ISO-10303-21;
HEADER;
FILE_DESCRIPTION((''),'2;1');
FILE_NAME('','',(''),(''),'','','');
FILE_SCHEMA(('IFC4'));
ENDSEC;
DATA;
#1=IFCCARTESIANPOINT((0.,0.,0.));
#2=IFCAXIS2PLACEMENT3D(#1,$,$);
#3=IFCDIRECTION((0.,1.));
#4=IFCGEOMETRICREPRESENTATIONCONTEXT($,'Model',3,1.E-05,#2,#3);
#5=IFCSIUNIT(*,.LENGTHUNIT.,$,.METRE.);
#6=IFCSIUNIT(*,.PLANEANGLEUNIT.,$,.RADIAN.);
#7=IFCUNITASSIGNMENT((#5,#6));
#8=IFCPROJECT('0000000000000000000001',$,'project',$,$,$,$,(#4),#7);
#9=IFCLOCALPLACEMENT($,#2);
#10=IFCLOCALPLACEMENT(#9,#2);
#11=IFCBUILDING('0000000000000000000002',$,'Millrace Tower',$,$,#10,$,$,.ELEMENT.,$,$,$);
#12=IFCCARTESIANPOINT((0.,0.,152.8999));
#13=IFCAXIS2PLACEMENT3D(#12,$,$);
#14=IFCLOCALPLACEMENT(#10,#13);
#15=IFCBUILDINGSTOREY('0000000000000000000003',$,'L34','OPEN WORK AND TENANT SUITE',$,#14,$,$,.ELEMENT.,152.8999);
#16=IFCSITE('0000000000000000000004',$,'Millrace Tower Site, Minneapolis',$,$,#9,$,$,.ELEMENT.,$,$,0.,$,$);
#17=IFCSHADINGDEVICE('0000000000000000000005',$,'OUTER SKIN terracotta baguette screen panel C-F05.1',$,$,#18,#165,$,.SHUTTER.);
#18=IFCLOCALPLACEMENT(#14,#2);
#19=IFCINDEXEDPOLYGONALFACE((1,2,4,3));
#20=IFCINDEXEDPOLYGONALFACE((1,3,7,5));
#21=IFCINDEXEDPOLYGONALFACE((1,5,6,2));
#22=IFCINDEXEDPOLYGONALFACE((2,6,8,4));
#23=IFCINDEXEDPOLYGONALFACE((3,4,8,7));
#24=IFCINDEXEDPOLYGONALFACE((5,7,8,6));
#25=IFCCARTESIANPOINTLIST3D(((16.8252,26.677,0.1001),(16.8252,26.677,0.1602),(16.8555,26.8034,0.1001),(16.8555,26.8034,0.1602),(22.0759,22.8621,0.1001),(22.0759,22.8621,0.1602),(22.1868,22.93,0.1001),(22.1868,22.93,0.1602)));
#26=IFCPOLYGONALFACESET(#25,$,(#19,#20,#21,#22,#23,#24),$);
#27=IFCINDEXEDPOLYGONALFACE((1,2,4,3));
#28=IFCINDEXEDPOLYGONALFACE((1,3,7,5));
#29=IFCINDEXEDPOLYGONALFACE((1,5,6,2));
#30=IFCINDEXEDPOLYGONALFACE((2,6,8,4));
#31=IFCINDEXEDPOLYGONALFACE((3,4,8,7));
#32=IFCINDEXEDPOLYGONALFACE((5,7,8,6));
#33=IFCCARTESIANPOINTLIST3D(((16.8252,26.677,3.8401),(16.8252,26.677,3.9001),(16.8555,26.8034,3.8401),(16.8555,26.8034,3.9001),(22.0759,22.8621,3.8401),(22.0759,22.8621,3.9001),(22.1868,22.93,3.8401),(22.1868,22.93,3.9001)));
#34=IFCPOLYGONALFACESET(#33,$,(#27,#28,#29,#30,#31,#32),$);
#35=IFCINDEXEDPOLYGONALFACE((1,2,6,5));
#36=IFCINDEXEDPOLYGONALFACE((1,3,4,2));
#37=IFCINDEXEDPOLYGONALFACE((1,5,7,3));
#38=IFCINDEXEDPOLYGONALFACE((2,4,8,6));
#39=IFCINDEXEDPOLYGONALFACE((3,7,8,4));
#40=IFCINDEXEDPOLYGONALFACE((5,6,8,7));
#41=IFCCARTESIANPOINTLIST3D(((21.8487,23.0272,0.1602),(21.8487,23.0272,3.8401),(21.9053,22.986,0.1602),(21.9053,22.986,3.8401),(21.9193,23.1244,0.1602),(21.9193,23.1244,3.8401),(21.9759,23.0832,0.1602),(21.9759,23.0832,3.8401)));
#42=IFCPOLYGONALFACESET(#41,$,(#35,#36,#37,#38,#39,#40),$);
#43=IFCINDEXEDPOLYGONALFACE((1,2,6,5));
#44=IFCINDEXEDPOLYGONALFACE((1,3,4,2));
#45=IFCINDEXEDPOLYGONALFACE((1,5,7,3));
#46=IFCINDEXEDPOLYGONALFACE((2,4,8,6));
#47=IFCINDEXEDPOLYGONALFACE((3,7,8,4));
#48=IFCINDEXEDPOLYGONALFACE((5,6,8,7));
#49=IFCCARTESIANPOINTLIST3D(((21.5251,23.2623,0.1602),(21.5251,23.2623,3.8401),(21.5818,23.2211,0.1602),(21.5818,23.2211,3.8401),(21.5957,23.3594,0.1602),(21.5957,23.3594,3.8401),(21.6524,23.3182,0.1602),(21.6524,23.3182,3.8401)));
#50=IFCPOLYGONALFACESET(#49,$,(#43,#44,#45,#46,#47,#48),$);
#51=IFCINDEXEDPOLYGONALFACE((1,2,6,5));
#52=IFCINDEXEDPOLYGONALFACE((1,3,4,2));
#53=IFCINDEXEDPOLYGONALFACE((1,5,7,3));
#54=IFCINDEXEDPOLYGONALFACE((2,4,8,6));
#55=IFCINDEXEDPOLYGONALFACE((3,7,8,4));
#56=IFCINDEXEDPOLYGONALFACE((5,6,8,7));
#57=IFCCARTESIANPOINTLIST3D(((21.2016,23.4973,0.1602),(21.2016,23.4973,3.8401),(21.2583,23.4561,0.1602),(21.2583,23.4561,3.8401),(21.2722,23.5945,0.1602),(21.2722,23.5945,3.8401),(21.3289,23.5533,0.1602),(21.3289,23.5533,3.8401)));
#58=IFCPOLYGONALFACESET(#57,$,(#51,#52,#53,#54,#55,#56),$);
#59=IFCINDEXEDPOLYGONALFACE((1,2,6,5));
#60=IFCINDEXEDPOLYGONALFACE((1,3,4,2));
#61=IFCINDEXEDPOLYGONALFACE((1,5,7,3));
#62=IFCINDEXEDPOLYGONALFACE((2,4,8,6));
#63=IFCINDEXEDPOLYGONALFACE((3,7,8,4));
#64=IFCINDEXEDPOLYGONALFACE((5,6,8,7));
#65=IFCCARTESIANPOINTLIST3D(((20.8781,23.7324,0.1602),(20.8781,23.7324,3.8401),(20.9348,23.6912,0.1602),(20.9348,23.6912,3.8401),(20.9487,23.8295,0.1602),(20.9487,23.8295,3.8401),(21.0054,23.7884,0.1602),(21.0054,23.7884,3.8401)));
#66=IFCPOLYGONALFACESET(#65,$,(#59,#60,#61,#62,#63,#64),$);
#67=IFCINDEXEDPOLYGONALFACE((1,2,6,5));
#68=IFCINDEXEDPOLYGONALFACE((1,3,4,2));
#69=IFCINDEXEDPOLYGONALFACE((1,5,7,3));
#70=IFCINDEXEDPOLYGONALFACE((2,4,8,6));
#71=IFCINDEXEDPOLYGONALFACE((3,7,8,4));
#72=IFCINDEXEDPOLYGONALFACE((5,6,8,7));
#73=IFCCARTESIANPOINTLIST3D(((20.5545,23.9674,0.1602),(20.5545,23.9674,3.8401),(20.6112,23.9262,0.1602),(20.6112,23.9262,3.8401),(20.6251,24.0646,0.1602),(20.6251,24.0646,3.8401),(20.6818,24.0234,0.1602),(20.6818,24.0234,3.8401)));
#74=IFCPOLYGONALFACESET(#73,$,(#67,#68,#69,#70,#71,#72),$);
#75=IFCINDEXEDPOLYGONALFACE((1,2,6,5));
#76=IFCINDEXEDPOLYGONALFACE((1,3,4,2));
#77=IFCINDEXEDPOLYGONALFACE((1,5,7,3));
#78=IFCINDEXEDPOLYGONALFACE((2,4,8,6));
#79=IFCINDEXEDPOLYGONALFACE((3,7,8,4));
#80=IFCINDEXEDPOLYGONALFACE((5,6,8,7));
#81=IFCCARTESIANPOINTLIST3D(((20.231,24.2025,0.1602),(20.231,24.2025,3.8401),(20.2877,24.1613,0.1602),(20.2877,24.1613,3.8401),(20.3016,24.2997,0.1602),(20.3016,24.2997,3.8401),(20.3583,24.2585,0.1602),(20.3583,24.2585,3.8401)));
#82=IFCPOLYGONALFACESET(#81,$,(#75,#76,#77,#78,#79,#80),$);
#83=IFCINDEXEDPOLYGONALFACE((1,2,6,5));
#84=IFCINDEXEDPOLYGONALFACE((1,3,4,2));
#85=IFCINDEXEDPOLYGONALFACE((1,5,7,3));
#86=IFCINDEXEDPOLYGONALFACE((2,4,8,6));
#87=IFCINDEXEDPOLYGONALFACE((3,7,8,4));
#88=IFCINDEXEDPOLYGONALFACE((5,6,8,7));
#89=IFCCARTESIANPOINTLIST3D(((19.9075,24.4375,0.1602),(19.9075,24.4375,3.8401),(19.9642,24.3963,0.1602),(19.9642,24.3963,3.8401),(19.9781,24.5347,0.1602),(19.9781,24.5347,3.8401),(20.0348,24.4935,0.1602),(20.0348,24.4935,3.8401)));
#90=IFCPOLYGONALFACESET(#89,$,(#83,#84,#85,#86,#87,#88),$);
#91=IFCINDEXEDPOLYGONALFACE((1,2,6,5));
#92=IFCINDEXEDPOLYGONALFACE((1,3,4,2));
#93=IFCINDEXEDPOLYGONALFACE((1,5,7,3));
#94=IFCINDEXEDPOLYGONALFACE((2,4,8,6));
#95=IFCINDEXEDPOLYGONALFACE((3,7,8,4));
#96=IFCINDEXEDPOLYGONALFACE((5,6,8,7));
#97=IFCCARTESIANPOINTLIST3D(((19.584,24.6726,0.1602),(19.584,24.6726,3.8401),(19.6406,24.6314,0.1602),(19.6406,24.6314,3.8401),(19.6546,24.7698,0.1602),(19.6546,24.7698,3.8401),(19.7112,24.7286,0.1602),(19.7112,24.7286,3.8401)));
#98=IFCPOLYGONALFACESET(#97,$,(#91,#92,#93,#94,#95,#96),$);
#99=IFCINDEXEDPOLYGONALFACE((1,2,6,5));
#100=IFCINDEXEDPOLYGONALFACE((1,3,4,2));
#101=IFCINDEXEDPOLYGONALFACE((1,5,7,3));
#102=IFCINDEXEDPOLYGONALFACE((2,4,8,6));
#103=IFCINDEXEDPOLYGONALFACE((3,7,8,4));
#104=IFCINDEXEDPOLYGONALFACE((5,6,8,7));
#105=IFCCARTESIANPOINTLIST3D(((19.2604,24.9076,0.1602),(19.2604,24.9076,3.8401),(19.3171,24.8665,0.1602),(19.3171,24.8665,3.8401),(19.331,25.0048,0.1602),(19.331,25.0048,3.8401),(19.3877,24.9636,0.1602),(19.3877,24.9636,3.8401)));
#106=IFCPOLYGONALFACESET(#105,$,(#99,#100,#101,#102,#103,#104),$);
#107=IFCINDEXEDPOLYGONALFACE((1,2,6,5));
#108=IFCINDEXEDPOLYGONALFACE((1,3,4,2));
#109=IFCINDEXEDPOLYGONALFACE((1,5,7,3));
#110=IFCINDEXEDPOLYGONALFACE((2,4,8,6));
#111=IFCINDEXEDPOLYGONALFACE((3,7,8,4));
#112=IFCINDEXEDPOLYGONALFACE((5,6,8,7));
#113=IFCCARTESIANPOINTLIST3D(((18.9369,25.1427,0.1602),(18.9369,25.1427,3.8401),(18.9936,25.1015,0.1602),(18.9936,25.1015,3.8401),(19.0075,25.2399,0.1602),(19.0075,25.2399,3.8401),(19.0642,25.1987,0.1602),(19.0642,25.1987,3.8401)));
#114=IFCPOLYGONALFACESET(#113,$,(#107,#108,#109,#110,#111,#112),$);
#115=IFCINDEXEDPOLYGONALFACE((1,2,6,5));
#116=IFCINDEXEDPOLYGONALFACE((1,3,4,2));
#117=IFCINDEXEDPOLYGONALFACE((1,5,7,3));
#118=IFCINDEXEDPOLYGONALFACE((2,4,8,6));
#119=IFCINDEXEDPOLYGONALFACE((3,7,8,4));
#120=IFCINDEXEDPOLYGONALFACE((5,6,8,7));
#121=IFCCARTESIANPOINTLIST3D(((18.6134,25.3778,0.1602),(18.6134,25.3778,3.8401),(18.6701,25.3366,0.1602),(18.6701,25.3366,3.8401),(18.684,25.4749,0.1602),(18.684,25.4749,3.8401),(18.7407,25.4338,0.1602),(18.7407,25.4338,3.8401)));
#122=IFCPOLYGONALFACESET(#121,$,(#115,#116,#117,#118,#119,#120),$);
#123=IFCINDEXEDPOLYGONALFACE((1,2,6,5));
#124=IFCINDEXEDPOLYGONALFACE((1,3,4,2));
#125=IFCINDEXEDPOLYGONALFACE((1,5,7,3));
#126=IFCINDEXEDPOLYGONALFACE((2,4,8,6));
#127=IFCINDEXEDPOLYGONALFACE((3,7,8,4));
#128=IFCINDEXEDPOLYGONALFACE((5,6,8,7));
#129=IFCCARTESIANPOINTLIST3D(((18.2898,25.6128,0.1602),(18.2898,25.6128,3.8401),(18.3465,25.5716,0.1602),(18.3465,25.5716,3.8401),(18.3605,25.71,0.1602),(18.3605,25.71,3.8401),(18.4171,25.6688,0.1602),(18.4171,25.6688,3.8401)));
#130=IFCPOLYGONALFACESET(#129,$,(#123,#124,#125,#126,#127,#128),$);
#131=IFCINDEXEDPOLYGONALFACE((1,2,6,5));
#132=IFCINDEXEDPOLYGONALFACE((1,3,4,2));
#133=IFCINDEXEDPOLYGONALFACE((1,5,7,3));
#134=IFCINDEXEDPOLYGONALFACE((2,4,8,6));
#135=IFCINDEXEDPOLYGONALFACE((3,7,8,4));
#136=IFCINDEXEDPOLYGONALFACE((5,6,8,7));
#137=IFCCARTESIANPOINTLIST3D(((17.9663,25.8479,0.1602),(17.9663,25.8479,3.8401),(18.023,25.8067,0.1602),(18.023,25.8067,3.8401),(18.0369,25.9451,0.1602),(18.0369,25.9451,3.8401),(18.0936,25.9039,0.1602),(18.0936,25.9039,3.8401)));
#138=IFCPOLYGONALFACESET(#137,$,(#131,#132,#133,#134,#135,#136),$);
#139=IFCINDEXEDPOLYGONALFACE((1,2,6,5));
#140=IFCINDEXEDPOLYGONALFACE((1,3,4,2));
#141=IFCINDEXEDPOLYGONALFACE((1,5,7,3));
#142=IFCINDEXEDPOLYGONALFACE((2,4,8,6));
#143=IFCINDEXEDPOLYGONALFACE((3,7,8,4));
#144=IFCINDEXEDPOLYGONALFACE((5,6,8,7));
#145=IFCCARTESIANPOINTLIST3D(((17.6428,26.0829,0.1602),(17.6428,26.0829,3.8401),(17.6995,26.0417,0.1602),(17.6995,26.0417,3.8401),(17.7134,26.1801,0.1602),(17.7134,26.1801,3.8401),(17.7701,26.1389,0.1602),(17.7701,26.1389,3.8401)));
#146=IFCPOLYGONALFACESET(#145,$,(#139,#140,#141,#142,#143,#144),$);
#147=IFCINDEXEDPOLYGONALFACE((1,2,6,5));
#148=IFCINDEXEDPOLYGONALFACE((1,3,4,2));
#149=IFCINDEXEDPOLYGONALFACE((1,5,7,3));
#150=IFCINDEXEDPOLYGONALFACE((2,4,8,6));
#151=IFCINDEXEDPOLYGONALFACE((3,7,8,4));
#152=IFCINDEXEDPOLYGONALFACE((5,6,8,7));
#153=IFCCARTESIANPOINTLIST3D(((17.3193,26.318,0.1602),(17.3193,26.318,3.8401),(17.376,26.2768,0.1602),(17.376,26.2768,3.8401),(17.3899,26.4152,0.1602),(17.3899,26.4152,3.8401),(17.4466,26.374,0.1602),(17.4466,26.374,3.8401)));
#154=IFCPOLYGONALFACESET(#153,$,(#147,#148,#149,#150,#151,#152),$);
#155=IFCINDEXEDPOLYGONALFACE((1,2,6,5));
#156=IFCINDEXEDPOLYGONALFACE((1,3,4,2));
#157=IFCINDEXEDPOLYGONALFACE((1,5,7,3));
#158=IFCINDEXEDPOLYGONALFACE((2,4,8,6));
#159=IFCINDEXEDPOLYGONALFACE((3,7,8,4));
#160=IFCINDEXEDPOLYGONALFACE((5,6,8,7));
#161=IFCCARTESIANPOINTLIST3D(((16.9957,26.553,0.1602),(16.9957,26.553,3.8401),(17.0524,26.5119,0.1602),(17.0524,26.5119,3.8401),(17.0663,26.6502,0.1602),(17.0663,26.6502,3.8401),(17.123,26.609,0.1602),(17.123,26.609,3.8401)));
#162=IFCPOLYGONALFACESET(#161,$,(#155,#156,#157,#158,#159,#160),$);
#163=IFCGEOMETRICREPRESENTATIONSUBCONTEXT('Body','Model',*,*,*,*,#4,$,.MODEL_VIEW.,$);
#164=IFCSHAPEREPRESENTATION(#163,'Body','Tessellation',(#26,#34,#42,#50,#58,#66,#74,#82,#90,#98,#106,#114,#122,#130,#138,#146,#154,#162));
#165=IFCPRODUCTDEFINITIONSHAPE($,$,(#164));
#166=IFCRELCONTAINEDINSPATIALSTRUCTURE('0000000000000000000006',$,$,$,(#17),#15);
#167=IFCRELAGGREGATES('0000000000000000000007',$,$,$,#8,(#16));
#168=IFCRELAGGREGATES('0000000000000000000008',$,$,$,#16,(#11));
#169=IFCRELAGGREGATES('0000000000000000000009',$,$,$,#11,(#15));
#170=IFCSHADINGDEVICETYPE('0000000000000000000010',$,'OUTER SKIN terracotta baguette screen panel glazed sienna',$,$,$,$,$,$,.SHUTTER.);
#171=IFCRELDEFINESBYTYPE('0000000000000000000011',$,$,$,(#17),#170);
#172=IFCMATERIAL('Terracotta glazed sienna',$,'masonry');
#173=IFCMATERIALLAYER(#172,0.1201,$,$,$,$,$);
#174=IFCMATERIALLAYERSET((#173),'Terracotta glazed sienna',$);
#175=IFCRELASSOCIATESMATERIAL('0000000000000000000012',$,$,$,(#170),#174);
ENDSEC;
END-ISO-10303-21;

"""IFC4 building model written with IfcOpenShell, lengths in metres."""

from ifc_helpers import new_model, entity, si_unit, direction, frame, frame_2d, origin, place, context, subcontext, project, spatial, rectangle, extrude, source, transform, mapped, material, layer, layer_set, type_object, element, save


model = new_model("IFC4")

# Units and contexts
model_context = context("Model", 3, precision=1e-05, world=origin(), true_north=direction((0.0, 1.0)))
body_context = subcontext(model_context, "Body", "Model", "MODEL_VIEW")
ifc_project = project(units=[si_unit("LENGTHUNIT", "METRE"), si_unit("PLANEANGLEUNIT", "RADIAN")], contexts=[model_context])

# Site, building, storey
site_placement = place(None, origin())
site = spatial("IfcSite", under=ifc_project, at=site_placement, Name="Millrace Tower Site, Minneapolis", CompositionType="ELEMENT", RefElevation=0.0)
building_placement = place(site_placement, origin())
building = spatial("IfcBuilding", under=site, at=building_placement, Name="Millrace Tower", CompositionType="ELEMENT")
storey_placement = place(building_placement, frame((0.0, 0.0, 152.8999)))
storey = spatial("IfcBuildingStorey", under=building, at=storey_placement, Name="L34", Description="OPEN WORK AND TENANT SUITE", CompositionType="ELEMENT", Elevation=152.8999)

# Shading device
ifc_material_1 = material(Name="Terracotta glazed sienna", Category="masonry")
ifc_layer_1 = layer(ifc_material_1, 0.1201)
ifc_layer_set_1 = layer_set([ifc_layer_1], Name="Terracotta glazed sienna")
shading_device_type = type_object("IfcShadingDeviceType", Name="OUTER SKIN terracotta baguette screen panel glazed sienna", PredefinedType="SHUTTER", material=ifc_layer_set_1)
cartesian_point_1 = entity("IfcCartesianPoint", [-3.2451, 0.0601])
shared_polyline_1 = entity("IfcPolyline", [cartesian_point_1, entity("IfcCartesianPoint", [3.2451, 0.0601]), entity("IfcCartesianPoint", [3.2949, -0.0601]), entity("IfcCartesianPoint", [-3.2949, -0.0601]), cartesian_point_1])
shared_shape_1 = source(origin(), body_context, "Body", "SweptSolid", [
    entity("IfcExtrudedAreaSolid", entity("IfcArbitraryClosedProfileDef", "AREA", None, shared_polyline_1), entity("IfcAxis2Placement3D", entity("IfcCartesianPoint", [0.0, 0.0, 0.0])), entity("IfcDirection", [0.0, 0.0, 1.0]), 0.0601),
    entity("IfcExtrudedAreaSolid", entity("IfcArbitraryClosedProfileDef", "AREA", None, shared_polyline_1), entity("IfcAxis2Placement3D", entity("IfcCartesianPoint", [0.0, 0.0, 3.74])), entity("IfcDirection", [0.0, 0.0, 1.0]), 0.0601),
    extrude(rectangle(XDim=0.0701, YDim=0.1201, at=frame_2d((-2.9993, 0.0))), frame((0.0, 0.0, 0.0601)), (0.0, 0.0, 1.0), 3.6799),
    extrude(rectangle(XDim=0.0701, YDim=0.1201, at=frame_2d((-2.5994, 0.0))), frame((0.0, 0.0, 0.0601)), (0.0, 0.0, 1.0), 3.6799),
    extrude(rectangle(XDim=0.0701, YDim=0.1201, at=frame_2d((-2.1995, 0.0))), frame((0.0, 0.0, 0.0601)), (0.0, 0.0, 1.0), 3.6799),
    extrude(rectangle(XDim=0.0701, YDim=0.1201, at=frame_2d((-1.7996, 0.0))), frame((0.0, 0.0, 0.0601)), (0.0, 0.0, 1.0), 3.6799),
    extrude(rectangle(XDim=0.0701, YDim=0.1201, at=frame_2d((-1.3997, 0.0))), frame((0.0, 0.0, 0.0601)), (0.0, 0.0, 1.0), 3.6799),
    extrude(rectangle(XDim=0.0701, YDim=0.1201, at=frame_2d((-0.9998, 0.0))), frame((0.0, 0.0, 0.0601)), (0.0, 0.0, 1.0), 3.6799),
    extrude(rectangle(XDim=0.0701, YDim=0.1201, at=frame_2d((-0.5999, 0.0))), frame((0.0, 0.0, 0.0601)), (0.0, 0.0, 1.0), 3.6799),
    extrude(rectangle(XDim=0.0701, YDim=0.1201, at=frame_2d((-0.2, 0.0))), frame((0.0, 0.0, 0.0601)), (0.0, 0.0, 1.0), 3.6799),
    extrude(rectangle(XDim=0.0701, YDim=0.1201, at=frame_2d((0.2, 0.0))), frame((0.0, 0.0, 0.0601)), (0.0, 0.0, 1.0), 3.6799),
    extrude(rectangle(XDim=0.0701, YDim=0.1201, at=frame_2d((0.5999, 0.0))), frame((0.0, 0.0, 0.0601)), (0.0, 0.0, 1.0), 3.6799),
    extrude(rectangle(XDim=0.0701, YDim=0.1201, at=frame_2d((0.9998, 0.0))), frame((0.0, 0.0, 0.0601)), (0.0, 0.0, 1.0), 3.6799),
    extrude(rectangle(XDim=0.0701, YDim=0.1201, at=frame_2d((1.3997, 0.0))), frame((0.0, 0.0, 0.0601)), (0.0, 0.0, 1.0), 3.6799),
    extrude(rectangle(XDim=0.0701, YDim=0.1201, at=frame_2d((1.7996, 0.0))), frame((0.0, 0.0, 0.0601)), (0.0, 0.0, 1.0), 3.6799),
    extrude(rectangle(XDim=0.0701, YDim=0.1201, at=frame_2d((2.1995, 0.0))), frame((0.0, 0.0, 0.0601)), (0.0, 0.0, 1.0), 3.6799),
    extrude(rectangle(XDim=0.0701, YDim=0.1201, at=frame_2d((2.5994, 0.0))), frame((0.0, 0.0, 0.0601)), (0.0, 0.0, 1.0), 3.6799),
    extrude(rectangle(XDim=0.0701, YDim=0.1201, at=frame_2d((2.9993, 0.0))), frame((0.0, 0.0, 0.0601)), (0.0, 0.0, 1.0), 3.6799),
])
shading_device_1_placement = place(storey_placement, frame((19.4858, 24.8181, 0.1001), z_axis=(0.0, 0.0, 1.0), x_axis=(-0.809017, 0.587785, 0.0)))
element("IfcShadingDevice", 1, at=shading_device_1_placement, inside=storey, type_object=shading_device_type, Name="OUTER SKIN terracotta baguette screen panel C-F05.1", PredefinedType="SHUTTER", context=body_context, shape_type="MappedRepresentation", body=[
    mapped(shared_shape_1, transform((0.0, 0.0, 0.0), scale=1.0)),
])

save(model, "model.ifc")
